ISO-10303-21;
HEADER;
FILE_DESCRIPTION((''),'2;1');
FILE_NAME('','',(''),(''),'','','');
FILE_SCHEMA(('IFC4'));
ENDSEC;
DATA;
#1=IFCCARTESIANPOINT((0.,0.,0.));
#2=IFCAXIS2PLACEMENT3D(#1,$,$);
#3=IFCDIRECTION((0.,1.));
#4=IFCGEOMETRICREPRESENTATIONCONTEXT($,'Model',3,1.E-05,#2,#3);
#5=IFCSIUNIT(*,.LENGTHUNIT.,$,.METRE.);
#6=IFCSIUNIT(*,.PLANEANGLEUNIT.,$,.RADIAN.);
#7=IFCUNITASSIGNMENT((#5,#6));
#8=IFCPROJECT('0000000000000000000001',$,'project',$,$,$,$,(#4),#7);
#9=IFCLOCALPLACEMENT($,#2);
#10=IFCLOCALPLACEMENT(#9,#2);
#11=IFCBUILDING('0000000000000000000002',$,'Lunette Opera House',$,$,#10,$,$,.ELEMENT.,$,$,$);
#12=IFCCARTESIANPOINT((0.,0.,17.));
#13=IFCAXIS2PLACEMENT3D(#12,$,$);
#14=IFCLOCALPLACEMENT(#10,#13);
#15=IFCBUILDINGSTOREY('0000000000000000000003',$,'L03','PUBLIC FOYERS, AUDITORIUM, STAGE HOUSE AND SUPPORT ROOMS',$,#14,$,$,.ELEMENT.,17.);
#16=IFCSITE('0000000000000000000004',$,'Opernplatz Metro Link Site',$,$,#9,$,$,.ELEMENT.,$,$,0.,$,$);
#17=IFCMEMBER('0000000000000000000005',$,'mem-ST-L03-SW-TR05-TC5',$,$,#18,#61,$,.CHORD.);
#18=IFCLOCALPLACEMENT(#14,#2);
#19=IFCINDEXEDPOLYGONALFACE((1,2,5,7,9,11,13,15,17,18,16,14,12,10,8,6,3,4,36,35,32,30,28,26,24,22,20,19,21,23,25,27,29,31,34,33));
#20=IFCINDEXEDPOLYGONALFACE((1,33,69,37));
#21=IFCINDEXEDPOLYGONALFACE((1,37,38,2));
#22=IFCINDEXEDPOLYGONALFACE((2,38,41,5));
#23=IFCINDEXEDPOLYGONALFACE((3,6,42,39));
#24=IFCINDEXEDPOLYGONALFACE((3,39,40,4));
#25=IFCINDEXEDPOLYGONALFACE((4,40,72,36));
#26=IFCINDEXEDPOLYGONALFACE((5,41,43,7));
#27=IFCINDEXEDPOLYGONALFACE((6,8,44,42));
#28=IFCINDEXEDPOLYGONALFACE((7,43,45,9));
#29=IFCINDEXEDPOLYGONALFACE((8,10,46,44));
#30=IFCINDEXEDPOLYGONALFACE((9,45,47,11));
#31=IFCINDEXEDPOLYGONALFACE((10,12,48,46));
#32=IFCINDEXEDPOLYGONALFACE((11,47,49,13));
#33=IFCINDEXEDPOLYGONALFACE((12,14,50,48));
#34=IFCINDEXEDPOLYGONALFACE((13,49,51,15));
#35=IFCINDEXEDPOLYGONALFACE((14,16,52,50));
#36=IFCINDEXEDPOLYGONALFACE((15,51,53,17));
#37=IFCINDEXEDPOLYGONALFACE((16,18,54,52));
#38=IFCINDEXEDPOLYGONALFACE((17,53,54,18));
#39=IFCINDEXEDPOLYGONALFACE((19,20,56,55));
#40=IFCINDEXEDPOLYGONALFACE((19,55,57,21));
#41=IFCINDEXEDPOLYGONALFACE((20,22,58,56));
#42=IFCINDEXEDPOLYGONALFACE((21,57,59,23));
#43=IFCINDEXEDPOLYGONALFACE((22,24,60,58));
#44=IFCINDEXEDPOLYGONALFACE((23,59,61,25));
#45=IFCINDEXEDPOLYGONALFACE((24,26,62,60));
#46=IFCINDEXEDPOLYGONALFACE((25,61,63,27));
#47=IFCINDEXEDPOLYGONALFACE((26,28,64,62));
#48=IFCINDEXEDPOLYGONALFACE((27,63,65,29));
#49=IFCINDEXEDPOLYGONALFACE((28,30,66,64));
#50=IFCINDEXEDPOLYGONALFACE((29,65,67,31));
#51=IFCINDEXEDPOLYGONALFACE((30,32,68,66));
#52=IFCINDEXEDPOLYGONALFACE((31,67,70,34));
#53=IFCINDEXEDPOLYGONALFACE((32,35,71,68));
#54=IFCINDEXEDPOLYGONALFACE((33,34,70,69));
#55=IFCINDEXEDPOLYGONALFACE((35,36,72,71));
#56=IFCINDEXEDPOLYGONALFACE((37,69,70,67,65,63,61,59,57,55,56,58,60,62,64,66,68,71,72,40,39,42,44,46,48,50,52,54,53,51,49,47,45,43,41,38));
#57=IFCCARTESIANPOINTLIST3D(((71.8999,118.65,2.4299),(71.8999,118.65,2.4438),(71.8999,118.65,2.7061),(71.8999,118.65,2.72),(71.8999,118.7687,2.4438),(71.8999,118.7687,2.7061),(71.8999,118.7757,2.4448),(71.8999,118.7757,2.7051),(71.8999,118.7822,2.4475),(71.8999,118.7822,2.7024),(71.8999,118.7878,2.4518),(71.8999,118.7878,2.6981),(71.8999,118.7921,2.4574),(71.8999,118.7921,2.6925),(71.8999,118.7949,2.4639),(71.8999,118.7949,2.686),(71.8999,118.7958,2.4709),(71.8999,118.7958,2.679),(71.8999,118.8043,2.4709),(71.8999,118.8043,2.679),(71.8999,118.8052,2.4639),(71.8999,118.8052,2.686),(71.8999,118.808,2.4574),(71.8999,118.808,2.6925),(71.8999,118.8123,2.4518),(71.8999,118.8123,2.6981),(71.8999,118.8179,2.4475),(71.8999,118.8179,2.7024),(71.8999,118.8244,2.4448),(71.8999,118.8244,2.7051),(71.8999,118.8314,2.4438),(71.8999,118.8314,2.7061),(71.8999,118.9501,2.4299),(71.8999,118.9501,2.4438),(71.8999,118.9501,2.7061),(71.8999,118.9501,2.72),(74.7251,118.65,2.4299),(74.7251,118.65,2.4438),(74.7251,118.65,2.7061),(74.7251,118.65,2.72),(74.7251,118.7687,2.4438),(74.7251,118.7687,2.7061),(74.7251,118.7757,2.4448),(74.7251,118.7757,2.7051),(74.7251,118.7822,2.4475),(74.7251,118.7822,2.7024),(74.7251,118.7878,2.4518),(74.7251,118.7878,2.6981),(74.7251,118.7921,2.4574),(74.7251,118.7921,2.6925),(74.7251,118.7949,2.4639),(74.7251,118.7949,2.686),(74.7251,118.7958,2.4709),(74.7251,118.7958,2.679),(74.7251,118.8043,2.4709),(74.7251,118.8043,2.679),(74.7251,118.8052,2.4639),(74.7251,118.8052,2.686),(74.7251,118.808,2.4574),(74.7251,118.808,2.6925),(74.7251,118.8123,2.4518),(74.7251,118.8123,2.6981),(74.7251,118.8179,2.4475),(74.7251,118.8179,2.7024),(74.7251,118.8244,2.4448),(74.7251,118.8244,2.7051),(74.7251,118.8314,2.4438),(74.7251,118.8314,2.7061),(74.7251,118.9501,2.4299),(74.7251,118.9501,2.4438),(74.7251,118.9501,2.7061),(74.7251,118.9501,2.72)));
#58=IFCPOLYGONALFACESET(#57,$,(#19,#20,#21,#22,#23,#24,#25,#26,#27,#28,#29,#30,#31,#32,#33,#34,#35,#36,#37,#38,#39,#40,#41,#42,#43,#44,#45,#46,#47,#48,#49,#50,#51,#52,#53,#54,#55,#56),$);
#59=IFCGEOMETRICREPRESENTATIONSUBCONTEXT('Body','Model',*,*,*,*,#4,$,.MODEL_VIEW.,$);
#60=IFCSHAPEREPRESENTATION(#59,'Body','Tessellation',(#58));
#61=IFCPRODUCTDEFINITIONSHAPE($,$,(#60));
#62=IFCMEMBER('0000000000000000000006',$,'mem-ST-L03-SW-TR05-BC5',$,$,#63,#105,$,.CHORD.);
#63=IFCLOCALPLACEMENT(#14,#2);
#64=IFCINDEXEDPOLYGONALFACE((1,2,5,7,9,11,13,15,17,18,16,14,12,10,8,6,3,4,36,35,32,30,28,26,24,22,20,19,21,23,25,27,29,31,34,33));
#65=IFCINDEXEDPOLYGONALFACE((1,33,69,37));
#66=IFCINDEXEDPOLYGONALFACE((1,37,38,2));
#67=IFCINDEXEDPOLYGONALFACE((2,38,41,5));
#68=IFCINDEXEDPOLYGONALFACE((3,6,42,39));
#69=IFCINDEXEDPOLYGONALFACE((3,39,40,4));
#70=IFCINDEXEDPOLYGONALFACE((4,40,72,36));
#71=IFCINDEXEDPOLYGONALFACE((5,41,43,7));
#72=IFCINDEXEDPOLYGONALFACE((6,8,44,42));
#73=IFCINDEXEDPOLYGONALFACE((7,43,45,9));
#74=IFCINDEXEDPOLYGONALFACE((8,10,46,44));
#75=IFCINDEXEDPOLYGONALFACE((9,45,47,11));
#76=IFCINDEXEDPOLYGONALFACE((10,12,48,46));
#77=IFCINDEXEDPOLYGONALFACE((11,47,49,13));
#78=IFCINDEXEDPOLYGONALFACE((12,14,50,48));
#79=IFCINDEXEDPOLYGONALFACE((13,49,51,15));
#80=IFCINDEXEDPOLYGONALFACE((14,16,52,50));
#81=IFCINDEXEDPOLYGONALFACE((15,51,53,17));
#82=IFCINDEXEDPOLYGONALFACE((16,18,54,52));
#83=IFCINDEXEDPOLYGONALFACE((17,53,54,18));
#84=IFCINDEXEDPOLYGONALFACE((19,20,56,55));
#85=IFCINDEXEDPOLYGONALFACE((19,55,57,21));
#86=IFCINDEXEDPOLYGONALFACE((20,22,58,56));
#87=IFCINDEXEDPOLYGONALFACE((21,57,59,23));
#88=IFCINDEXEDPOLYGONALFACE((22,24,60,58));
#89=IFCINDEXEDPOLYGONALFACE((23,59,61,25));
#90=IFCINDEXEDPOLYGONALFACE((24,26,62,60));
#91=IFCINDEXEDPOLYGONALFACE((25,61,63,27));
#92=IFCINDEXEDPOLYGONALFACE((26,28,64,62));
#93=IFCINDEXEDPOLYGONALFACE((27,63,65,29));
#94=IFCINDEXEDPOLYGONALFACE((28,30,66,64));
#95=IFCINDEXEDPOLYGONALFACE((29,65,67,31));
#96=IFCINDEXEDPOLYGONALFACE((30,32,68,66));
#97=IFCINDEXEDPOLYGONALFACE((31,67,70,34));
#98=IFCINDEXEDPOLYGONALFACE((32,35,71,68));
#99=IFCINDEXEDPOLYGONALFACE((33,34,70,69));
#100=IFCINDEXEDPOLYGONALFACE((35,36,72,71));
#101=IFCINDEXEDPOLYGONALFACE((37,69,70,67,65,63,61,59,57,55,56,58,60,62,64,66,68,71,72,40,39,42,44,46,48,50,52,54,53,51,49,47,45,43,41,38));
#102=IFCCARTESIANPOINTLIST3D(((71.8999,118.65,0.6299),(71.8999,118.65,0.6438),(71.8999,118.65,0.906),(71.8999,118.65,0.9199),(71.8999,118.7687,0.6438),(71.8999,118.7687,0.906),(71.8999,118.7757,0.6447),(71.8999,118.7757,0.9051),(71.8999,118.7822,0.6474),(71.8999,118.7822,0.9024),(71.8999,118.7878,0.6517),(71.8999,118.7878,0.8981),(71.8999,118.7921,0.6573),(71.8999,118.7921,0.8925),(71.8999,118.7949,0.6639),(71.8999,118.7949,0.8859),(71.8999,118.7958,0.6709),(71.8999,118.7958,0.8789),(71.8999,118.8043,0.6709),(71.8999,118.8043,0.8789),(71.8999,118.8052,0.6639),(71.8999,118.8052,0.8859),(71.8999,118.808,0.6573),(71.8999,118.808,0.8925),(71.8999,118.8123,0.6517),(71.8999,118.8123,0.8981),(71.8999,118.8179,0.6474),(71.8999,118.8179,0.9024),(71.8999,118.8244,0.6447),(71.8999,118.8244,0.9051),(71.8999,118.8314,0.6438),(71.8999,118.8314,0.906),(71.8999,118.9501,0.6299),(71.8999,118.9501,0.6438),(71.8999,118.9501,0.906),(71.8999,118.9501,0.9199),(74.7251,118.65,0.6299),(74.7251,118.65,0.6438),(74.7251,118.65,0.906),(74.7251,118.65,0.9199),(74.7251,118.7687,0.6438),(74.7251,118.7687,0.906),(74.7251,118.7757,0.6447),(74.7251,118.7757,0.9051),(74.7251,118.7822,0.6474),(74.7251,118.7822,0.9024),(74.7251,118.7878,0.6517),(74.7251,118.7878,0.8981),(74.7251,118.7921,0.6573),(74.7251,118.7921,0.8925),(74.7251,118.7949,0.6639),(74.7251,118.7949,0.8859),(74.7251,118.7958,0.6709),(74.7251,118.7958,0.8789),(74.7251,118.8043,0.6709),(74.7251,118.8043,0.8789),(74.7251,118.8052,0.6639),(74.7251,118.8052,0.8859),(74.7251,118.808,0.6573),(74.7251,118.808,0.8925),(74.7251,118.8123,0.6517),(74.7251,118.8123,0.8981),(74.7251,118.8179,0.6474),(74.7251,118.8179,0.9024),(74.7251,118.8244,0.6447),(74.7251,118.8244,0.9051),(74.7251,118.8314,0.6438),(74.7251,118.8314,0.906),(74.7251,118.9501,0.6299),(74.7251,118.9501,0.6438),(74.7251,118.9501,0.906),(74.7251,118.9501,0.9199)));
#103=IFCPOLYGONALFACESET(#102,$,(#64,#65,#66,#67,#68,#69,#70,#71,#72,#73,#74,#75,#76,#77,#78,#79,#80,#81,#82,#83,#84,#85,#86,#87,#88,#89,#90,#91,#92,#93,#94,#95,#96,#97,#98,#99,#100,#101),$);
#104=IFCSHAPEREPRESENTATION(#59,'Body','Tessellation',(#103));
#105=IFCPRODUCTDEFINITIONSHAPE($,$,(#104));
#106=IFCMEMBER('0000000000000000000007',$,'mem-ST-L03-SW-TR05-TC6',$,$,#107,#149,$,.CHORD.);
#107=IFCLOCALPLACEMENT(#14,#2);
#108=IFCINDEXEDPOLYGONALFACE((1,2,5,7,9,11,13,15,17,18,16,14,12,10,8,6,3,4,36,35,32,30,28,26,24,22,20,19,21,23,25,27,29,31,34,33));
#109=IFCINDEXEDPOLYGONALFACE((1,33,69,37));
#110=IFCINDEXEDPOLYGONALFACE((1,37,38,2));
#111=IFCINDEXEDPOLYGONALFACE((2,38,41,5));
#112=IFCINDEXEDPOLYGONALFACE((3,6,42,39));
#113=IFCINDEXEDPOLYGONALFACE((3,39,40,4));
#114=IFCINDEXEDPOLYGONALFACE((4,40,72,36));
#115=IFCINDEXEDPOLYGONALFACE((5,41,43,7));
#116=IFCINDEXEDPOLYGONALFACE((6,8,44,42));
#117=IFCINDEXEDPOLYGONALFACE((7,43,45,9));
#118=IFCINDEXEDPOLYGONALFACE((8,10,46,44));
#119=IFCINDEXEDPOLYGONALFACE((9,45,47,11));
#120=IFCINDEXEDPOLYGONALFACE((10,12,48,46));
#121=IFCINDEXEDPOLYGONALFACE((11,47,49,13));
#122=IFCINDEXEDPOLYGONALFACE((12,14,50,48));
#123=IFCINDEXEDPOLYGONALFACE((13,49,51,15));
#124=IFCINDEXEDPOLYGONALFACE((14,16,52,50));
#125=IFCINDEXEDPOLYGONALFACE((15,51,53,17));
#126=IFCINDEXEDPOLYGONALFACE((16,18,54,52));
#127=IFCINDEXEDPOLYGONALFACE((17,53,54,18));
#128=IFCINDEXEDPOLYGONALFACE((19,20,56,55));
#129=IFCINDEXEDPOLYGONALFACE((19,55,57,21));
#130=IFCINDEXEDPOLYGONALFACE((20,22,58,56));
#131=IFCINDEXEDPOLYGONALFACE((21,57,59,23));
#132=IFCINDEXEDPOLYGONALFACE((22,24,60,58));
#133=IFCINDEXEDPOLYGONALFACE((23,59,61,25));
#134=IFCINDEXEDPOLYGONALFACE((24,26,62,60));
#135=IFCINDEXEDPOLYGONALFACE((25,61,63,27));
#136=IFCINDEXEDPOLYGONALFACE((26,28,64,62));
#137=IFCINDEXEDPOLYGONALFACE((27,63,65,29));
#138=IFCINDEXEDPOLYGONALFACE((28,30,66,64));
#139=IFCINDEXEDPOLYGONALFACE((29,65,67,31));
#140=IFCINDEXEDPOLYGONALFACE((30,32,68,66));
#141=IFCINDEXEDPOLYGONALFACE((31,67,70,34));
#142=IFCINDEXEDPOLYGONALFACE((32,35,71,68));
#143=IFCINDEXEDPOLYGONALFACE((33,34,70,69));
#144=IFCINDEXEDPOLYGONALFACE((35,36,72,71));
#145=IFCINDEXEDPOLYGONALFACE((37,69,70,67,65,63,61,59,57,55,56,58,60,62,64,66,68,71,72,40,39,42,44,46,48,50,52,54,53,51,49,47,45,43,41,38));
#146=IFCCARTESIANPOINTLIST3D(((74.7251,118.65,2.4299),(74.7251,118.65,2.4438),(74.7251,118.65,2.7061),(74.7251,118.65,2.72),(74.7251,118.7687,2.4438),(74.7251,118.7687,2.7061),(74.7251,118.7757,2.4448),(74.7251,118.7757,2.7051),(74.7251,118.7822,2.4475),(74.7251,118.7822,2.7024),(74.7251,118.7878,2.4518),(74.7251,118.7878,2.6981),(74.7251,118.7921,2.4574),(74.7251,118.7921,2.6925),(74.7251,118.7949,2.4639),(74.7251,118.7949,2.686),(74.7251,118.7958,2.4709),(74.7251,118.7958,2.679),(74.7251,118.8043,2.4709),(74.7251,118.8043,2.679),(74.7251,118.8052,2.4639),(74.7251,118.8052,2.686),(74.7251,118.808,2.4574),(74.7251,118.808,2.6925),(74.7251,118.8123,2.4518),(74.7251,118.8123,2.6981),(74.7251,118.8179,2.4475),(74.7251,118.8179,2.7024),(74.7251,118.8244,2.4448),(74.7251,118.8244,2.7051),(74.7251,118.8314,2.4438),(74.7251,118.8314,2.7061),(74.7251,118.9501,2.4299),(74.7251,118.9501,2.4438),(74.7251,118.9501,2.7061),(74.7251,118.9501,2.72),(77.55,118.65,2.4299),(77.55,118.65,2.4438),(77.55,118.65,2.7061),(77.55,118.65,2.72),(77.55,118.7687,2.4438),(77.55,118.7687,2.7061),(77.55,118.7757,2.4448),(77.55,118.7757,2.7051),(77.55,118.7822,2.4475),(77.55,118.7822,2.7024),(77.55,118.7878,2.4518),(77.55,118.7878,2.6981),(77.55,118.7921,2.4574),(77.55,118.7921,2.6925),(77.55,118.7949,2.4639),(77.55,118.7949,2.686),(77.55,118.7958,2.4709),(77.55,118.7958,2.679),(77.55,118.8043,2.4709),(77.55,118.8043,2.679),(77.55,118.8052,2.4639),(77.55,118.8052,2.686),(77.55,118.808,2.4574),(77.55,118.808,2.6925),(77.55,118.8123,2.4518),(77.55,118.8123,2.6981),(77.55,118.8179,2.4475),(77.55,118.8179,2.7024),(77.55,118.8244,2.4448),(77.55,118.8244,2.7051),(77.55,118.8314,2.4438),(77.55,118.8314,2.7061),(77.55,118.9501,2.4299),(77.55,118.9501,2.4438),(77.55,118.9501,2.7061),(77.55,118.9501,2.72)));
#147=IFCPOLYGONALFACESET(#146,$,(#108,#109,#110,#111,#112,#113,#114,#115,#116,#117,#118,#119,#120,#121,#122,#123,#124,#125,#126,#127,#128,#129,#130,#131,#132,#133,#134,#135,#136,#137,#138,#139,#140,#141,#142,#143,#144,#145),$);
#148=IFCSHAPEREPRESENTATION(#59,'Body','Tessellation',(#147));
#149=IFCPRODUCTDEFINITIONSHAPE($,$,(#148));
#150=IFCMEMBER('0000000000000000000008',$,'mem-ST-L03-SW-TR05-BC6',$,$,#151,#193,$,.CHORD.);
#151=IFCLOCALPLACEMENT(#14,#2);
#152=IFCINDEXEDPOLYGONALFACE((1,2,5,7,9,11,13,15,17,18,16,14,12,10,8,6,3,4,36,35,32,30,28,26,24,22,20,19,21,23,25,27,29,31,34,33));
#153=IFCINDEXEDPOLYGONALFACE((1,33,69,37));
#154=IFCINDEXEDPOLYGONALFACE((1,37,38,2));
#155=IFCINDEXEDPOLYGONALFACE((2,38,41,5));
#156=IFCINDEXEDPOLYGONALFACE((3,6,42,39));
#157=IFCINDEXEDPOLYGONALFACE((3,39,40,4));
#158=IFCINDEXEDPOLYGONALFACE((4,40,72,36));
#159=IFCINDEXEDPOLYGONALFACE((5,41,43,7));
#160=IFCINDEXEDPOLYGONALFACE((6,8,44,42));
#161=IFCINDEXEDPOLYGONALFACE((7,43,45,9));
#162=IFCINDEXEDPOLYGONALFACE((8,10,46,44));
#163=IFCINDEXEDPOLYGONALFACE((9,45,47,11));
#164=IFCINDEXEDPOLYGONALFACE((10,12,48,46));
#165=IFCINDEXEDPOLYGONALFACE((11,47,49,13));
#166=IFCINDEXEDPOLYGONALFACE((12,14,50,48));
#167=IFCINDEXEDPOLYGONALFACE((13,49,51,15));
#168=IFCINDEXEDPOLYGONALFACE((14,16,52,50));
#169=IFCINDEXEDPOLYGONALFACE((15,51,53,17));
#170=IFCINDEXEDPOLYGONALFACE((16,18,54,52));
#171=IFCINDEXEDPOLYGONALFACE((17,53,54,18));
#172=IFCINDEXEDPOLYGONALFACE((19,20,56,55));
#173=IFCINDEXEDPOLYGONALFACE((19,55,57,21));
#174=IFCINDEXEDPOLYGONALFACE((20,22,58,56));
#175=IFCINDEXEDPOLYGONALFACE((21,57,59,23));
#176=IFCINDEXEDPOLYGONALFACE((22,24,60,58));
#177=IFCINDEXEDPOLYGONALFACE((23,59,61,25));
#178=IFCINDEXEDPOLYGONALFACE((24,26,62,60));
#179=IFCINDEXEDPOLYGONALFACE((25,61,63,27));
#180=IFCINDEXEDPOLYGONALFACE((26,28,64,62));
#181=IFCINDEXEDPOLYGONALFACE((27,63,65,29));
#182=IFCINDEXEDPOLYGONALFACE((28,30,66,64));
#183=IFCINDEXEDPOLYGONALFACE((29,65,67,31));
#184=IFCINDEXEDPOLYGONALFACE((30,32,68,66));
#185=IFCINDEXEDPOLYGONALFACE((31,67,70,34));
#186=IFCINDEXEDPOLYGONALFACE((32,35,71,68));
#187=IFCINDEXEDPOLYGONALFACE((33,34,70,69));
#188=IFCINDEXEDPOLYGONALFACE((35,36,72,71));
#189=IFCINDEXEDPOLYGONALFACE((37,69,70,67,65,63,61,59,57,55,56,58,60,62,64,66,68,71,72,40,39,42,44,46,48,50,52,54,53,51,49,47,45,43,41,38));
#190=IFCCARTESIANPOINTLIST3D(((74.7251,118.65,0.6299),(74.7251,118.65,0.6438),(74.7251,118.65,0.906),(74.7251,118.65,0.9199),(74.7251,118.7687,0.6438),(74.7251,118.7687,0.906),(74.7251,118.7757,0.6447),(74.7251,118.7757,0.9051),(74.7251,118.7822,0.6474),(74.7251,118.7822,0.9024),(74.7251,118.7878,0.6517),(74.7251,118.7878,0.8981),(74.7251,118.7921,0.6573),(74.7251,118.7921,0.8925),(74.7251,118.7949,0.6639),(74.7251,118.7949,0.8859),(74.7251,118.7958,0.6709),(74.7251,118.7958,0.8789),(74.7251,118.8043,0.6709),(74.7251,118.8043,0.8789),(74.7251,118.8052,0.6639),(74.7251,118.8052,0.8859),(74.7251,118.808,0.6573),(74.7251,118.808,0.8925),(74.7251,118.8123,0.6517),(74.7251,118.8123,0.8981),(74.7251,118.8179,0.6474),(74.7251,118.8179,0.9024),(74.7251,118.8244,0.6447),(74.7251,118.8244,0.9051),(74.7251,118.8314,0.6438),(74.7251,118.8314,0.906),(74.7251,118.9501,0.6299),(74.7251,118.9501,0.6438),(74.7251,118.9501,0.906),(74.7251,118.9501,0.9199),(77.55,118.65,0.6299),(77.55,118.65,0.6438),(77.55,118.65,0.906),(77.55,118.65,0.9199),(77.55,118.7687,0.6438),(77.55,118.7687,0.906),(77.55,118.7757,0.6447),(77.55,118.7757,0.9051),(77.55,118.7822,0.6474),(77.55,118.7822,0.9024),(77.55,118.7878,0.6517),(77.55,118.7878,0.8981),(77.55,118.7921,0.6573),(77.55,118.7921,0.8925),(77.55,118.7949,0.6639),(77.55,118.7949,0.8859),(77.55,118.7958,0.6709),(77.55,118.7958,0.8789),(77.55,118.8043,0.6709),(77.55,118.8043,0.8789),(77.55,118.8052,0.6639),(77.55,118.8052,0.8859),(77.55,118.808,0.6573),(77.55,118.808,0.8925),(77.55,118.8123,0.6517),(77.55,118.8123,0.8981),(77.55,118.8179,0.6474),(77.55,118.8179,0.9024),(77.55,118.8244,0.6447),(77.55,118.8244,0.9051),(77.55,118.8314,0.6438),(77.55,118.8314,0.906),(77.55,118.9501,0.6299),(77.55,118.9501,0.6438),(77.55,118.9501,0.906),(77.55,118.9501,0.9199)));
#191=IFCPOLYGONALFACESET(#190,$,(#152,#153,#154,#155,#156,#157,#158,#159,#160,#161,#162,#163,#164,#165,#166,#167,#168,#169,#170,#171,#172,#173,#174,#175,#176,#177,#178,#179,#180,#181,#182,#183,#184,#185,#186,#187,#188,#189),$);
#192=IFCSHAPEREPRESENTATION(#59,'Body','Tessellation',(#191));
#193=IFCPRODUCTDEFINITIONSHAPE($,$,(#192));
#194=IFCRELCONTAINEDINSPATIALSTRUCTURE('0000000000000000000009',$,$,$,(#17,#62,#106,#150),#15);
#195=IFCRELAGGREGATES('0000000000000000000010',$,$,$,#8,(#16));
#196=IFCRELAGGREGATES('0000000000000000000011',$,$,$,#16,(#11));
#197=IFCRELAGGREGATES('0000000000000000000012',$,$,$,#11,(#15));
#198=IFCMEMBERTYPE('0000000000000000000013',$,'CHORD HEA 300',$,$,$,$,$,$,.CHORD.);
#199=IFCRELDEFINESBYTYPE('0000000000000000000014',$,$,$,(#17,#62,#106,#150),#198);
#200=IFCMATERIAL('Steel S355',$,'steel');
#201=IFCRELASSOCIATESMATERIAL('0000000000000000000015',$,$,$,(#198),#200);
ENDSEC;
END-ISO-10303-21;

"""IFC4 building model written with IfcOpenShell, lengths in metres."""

from ifc_helpers import new_model, si_unit, direction, frame, origin, origin_2d, place, context, subcontext, project, spatial, i_section, extrude, material, material_profile, profile_set, type_object, element, save


model = new_model("IFC4")

# Units and contexts
model_context = context("Model", 3, precision=1e-05, world=origin(), true_north=direction((0.0, 1.0)))
body_context = subcontext(model_context, "Body", "Model", "MODEL_VIEW")
ifc_project = project(units=[si_unit("LENGTHUNIT", "METRE"), si_unit("PLANEANGLEUNIT", "RADIAN")], contexts=[model_context])

# Site, building, storey
site_placement = place(None, origin())
site = spatial("IfcSite", under=ifc_project, at=site_placement, Name="Opernplatz Metro Link Site", CompositionType="ELEMENT", RefElevation=0.0)
building_placement = place(site_placement, origin())
building = spatial("IfcBuilding", under=site, at=building_placement, Name="Lunette Opera House", CompositionType="ELEMENT")
storey_placement = place(building_placement, frame((0.0, 0.0, 17.0)))
storey = spatial("IfcBuildingStorey", under=building, at=storey_placement, Name="L03", Description="PUBLIC FOYERS, AUDITORIUM, STAGE HOUSE AND SUPPORT ROOMS", CompositionType="ELEMENT", Elevation=17.0)

# Members
ifc_material_1 = material(Name="Steel S355", Category="steel")
ifc_material_profile_1 = material_profile(ifc_material_1, i_section(OverallWidth=0.3, OverallDepth=0.29, WebThickness=0.0085, FlangeThickness=0.0139, FilletRadius=0.0271, at=origin_2d()), Name="HEA 300")
ifc_profile_set_1 = profile_set([ifc_material_profile_1], Name="Steel S355")
member_type_1 = type_object("IfcMemberType", Name="CHORD HEA 300", PredefinedType="CHORD", material=ifc_profile_set_1)
for number, where, z_axis, x_axis, name in (
    (1, (71.8999, 118.8, 2.575), (1.0, 0.0, 0.0), (0.0, 1.0, 0.0), "mem-ST-L03-SW-TR05-TC5"),
    (2, (71.8999, 118.8, 0.7749), (1.0, 0.0, 0.0), (0.0, 1.0, 0.0), "mem-ST-L03-SW-TR05-BC5"),
):
    element("IfcMember", number, at=place(storey_placement, frame(where, z_axis=z_axis, x_axis=x_axis)), inside=storey, type_object=member_type_1, Name=name, PredefinedType="CHORD", context=body_context, shape_type="SweptSolid", body=[
        extrude(i_section(OverallWidth=0.3, OverallDepth=0.29, WebThickness=0.0085, FlangeThickness=0.0139, FilletRadius=0.0271, at=origin_2d()), origin(), (0.0, 0.0, 1.0), 2.8252),
    ])
for number, where, z_axis, x_axis, name in (
    (3, (74.7251, 118.8, 2.575), (1.0, 0.0, 0.0), (0.0, 1.0, 0.0), "mem-ST-L03-SW-TR05-TC6"),
    (4, (74.7251, 118.8, 0.7749), (1.0, 0.0, 0.0), (0.0, 1.0, 0.0), "mem-ST-L03-SW-TR05-BC6"),
):
    element("IfcMember", number, at=place(storey_placement, frame(where, z_axis=z_axis, x_axis=x_axis)), inside=storey, type_object=member_type_1, Name=name, PredefinedType="CHORD", context=body_context, shape_type="SweptSolid", body=[
        extrude(i_section(OverallWidth=0.3, OverallDepth=0.29, WebThickness=0.0085, FlangeThickness=0.0139, FilletRadius=0.0271, at=origin_2d()), origin(), (0.0, 0.0, 1.0), 2.825),
    ])

save(model, "model.ifc")
